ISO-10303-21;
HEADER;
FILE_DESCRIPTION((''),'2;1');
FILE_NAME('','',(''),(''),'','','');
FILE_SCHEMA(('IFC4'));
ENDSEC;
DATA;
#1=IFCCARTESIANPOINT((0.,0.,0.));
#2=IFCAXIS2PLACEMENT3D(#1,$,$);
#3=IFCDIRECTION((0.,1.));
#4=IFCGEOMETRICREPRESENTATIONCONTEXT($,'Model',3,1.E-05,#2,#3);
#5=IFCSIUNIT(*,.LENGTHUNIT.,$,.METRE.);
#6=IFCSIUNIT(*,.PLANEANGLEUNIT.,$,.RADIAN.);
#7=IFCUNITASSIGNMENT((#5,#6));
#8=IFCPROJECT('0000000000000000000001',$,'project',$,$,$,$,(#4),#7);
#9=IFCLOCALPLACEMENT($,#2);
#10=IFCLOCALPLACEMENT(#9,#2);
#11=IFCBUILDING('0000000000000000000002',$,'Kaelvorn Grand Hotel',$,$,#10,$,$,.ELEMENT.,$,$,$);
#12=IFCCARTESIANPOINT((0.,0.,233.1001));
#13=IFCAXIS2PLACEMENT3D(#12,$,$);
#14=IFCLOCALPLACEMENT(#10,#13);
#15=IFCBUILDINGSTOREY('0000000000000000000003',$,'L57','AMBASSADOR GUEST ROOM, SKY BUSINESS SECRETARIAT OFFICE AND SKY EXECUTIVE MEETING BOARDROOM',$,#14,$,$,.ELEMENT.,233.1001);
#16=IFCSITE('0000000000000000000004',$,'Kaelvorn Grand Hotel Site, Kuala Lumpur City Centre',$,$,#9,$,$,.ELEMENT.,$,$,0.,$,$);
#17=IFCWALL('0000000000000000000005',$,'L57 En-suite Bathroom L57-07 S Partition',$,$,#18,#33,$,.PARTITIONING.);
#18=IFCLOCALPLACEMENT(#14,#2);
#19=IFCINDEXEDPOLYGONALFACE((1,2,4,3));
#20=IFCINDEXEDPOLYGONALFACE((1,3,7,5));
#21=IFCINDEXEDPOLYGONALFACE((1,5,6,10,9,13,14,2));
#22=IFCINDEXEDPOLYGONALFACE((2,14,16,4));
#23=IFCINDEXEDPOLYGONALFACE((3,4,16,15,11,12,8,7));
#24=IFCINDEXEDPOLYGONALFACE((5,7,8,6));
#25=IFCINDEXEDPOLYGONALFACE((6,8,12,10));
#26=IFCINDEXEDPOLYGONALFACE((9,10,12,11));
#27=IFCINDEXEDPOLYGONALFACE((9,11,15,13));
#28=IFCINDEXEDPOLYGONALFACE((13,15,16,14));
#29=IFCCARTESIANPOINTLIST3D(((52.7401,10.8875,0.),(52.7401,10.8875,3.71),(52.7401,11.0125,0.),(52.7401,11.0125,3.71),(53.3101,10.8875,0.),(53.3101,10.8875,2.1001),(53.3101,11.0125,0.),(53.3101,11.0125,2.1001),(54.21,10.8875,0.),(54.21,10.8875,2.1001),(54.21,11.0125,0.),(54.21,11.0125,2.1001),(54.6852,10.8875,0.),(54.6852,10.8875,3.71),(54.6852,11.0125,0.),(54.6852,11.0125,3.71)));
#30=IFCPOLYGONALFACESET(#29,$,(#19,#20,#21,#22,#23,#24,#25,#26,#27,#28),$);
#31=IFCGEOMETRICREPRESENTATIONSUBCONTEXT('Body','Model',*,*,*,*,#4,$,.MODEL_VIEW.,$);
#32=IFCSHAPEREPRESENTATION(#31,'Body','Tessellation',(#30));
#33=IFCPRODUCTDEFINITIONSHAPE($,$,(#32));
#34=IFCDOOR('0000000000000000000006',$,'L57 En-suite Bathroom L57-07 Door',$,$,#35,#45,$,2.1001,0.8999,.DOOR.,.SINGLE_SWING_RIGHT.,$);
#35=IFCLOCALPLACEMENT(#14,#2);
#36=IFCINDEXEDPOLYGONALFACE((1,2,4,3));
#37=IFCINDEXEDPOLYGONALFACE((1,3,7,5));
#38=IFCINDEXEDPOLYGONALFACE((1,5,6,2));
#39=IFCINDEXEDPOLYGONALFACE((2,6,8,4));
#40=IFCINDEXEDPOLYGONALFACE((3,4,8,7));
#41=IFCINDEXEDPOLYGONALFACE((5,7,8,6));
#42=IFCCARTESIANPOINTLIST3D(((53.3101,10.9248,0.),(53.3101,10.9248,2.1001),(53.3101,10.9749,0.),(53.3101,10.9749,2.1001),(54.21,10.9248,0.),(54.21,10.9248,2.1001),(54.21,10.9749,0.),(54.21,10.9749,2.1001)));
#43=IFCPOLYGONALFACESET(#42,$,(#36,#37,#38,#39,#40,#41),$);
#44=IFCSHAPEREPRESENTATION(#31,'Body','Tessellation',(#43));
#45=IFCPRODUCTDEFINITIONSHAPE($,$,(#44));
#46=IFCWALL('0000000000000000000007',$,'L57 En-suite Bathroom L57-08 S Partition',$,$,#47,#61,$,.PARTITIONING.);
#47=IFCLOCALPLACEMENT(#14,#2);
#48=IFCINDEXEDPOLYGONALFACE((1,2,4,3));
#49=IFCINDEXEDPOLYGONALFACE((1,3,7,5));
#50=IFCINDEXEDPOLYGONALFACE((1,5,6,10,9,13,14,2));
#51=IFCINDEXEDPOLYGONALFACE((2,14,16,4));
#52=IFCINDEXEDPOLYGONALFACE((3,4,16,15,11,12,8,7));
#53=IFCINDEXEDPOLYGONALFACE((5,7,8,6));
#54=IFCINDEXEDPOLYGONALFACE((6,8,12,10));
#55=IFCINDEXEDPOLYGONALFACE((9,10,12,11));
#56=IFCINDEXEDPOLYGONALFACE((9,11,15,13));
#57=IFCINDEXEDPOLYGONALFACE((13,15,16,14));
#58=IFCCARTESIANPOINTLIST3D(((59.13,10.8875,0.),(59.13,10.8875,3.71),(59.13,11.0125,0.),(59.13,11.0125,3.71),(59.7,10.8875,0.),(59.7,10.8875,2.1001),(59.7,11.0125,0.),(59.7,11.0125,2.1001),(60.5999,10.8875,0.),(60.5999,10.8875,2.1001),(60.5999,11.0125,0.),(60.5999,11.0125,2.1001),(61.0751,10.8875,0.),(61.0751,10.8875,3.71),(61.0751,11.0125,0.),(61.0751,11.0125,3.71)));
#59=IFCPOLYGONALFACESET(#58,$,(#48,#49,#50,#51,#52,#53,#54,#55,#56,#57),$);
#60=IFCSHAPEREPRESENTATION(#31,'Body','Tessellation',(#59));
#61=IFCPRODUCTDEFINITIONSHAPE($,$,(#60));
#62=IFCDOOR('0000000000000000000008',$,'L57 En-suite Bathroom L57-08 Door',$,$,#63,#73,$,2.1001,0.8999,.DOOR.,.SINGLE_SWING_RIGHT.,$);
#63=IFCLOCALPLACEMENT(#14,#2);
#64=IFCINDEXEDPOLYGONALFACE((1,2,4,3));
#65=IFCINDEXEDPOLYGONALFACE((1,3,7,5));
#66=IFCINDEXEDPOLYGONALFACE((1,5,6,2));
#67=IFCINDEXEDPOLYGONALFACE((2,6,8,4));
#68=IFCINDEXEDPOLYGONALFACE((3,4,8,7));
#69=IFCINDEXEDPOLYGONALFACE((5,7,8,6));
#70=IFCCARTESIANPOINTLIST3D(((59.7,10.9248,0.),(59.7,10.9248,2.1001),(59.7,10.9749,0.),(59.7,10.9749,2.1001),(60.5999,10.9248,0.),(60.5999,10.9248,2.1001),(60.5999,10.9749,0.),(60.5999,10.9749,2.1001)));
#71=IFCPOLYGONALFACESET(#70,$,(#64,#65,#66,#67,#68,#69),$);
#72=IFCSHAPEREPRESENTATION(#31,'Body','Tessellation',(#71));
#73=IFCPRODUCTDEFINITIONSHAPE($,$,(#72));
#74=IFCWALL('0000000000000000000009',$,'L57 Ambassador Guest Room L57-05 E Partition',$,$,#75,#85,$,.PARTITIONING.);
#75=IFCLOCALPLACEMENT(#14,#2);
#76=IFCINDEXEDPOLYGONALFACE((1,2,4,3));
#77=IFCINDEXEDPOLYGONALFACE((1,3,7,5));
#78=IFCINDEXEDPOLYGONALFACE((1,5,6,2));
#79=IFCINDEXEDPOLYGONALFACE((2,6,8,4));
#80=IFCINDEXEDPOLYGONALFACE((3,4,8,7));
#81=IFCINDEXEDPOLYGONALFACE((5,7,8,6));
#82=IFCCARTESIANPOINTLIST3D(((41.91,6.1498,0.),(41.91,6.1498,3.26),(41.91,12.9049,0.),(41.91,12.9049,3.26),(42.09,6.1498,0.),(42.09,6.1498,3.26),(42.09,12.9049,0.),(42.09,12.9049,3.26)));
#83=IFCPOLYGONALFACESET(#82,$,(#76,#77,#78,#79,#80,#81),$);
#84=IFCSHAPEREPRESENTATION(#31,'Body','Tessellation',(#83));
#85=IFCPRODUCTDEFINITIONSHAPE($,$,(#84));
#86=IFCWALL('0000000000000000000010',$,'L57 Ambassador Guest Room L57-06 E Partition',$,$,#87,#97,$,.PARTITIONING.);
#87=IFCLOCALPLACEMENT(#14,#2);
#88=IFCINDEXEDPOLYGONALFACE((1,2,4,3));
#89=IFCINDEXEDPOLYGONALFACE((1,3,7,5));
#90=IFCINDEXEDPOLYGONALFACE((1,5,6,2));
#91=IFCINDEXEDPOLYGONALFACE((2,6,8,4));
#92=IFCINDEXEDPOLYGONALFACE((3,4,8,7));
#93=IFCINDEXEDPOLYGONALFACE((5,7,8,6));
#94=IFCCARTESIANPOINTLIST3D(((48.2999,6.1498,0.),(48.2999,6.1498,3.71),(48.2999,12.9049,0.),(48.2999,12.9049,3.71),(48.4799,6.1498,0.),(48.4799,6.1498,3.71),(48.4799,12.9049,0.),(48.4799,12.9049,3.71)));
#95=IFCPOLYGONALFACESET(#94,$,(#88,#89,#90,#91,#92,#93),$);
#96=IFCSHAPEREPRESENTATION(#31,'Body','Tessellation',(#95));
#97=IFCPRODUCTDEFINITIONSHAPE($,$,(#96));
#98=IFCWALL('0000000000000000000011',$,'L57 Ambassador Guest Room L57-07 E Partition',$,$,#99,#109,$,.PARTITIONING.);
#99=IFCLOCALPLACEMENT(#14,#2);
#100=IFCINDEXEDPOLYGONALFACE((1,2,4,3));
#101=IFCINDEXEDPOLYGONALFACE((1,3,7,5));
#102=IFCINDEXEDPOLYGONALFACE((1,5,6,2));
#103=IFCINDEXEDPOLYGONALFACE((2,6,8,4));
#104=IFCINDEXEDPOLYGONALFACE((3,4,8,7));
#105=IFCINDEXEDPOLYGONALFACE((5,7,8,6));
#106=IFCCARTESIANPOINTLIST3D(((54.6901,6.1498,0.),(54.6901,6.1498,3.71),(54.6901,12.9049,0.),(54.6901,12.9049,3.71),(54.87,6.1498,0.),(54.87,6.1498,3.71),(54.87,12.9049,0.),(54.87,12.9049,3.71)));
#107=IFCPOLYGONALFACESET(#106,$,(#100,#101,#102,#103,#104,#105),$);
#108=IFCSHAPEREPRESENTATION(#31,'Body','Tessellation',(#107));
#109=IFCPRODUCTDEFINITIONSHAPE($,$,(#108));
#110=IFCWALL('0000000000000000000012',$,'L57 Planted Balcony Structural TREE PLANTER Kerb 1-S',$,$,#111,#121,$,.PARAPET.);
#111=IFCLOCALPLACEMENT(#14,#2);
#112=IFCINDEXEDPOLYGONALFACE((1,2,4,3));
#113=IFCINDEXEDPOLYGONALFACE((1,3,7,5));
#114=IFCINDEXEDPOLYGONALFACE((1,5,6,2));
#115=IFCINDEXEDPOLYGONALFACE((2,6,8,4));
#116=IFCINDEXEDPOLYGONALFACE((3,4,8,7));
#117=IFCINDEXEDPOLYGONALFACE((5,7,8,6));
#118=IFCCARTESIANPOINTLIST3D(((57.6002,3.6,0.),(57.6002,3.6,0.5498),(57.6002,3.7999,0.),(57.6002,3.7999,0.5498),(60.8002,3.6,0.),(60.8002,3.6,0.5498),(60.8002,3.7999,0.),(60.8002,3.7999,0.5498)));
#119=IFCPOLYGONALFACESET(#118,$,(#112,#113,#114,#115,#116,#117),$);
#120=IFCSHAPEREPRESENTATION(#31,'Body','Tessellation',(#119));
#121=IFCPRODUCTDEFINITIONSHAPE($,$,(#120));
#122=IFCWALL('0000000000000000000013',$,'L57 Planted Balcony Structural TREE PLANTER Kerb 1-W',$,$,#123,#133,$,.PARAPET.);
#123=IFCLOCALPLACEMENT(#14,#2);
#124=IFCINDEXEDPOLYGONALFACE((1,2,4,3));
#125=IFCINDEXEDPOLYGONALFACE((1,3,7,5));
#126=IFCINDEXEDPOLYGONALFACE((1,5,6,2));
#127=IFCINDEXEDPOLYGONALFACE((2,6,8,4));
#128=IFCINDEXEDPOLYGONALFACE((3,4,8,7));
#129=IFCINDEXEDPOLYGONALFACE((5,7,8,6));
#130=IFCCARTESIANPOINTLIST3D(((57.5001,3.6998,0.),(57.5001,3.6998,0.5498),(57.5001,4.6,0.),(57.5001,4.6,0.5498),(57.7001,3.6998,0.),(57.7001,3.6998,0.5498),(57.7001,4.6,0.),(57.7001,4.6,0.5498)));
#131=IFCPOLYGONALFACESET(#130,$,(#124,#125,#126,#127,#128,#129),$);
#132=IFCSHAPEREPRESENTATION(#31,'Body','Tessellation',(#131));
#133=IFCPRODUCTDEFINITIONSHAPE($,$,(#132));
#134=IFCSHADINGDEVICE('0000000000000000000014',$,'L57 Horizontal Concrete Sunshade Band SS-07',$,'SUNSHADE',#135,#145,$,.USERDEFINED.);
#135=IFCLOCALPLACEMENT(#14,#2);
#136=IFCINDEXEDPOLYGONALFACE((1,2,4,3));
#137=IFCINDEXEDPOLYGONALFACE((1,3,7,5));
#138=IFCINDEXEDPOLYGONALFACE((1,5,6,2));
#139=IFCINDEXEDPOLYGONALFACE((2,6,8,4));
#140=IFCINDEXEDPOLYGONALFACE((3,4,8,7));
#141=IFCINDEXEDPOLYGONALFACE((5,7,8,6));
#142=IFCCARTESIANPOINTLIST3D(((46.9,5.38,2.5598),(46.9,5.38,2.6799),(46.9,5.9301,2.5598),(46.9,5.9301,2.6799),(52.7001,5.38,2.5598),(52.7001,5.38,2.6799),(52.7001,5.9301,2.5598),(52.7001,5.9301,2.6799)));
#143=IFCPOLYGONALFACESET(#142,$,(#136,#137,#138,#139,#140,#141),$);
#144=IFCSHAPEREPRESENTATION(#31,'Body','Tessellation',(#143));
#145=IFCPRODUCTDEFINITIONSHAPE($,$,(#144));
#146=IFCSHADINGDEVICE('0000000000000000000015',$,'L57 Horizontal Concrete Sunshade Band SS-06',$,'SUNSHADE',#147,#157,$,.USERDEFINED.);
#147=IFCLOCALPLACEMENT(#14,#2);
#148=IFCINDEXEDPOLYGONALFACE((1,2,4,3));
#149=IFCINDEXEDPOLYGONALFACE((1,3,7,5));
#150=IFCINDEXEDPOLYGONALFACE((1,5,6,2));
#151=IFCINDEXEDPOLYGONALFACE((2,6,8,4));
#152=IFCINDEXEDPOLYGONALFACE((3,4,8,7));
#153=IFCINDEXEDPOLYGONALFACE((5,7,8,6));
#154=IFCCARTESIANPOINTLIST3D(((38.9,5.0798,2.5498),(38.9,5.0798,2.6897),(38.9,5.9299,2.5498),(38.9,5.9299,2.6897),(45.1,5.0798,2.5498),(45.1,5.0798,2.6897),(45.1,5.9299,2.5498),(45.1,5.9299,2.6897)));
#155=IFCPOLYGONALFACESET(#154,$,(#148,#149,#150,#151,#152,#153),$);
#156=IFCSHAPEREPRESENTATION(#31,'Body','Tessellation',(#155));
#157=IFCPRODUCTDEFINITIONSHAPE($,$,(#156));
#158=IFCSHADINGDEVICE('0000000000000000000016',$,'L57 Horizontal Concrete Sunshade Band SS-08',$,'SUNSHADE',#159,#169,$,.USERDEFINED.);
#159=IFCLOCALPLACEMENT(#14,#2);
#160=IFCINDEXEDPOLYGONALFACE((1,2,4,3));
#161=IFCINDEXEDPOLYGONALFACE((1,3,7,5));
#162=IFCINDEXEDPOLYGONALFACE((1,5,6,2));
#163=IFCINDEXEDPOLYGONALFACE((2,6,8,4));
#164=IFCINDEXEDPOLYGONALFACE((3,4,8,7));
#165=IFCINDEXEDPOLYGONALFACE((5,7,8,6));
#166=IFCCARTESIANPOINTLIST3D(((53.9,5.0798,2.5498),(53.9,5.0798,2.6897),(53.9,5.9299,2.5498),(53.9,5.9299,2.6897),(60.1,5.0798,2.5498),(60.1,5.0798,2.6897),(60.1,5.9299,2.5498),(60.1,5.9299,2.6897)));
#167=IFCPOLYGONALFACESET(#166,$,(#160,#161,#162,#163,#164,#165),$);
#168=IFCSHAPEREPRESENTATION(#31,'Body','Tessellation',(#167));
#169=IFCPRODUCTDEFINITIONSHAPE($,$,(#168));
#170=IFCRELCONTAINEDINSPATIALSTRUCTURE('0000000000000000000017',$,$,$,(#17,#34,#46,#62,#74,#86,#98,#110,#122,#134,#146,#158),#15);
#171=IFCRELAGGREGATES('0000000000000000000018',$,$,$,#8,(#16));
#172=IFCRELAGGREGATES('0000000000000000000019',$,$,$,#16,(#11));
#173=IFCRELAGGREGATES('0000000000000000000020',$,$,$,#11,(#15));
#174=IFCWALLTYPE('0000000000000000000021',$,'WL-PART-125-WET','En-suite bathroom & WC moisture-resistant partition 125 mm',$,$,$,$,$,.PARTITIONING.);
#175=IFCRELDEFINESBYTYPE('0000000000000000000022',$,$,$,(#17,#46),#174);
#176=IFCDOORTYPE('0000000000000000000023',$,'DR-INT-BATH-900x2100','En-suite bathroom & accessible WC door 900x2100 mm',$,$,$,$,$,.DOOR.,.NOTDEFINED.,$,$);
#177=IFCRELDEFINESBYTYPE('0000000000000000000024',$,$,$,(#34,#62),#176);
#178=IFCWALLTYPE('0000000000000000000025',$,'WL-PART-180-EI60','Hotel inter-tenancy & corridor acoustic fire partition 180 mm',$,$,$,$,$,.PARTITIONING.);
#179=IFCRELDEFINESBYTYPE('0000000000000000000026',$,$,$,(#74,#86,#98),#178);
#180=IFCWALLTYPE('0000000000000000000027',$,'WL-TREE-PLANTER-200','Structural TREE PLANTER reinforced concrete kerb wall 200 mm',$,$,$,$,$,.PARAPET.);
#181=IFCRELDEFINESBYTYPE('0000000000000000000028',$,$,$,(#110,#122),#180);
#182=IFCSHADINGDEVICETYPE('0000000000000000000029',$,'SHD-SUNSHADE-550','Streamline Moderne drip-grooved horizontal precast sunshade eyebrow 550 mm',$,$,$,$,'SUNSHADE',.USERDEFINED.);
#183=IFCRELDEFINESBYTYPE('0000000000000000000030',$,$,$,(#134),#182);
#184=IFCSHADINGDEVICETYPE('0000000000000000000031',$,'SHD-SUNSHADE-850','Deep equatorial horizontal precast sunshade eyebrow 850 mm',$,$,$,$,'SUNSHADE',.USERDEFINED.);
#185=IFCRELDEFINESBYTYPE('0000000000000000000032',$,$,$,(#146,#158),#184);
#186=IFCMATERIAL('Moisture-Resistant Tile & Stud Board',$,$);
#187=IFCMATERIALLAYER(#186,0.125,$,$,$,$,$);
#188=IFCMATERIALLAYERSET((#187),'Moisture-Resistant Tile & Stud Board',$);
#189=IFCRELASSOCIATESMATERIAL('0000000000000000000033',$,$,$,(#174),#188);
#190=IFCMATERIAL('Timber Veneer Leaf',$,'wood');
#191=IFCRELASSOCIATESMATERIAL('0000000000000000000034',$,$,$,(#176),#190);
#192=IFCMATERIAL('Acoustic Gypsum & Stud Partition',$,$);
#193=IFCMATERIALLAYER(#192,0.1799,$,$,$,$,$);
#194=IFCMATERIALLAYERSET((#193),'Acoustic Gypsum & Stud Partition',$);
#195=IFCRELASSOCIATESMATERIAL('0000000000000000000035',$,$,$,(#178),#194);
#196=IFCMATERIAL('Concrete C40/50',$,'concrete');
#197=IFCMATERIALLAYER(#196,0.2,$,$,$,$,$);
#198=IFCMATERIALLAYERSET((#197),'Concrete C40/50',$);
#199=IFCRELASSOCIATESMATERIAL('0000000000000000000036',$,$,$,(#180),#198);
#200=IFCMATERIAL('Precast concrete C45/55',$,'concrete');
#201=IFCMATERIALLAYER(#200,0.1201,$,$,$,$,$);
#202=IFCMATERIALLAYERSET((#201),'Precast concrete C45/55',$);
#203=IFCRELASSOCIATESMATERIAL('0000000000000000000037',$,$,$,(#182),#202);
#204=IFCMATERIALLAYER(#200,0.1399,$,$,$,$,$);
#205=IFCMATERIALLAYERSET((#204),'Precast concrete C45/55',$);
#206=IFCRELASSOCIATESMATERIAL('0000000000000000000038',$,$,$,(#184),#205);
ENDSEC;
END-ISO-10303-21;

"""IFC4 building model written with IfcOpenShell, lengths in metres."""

from ifc_helpers import new_model, si_unit, direction, frame, frame_2d, origin, origin_2d, place, context, subcontext, project, spatial, rectangle, extrude, material, layer, layer_set, type_object, element, fill, save


model = new_model("IFC4")

# Units and contexts
model_context = context("Model", 3, precision=1e-05, world=origin(), true_north=direction((0.0, 1.0)))
body_context = subcontext(model_context, "Body", "Model", "MODEL_VIEW")
ifc_project = project(units=[si_unit("LENGTHUNIT", "METRE"), si_unit("PLANEANGLEUNIT", "RADIAN")], contexts=[model_context])

# Site, building, storey
site_placement = place(None, origin())
site = spatial("IfcSite", under=ifc_project, at=site_placement, Name="Kaelvorn Grand Hotel Site, Kuala Lumpur City Centre", CompositionType="ELEMENT", RefElevation=0.0)
building_placement = place(site_placement, origin())
building = spatial("IfcBuilding", under=site, at=building_placement, Name="Kaelvorn Grand Hotel", CompositionType="ELEMENT")
storey_placement = place(building_placement, frame((0.0, 0.0, 233.1001)))
storey = spatial("IfcBuildingStorey", under=building, at=storey_placement, Name="L57", Description="AMBASSADOR GUEST ROOM, SKY BUSINESS SECRETARIAT OFFICE AND SKY EXECUTIVE MEETING BOARDROOM", CompositionType="ELEMENT", Elevation=233.1001)

# Shared definitions
ifc_material_1 = material(Name="Moisture-Resistant Tile & Stud Board")
ifc_layer_1 = layer(ifc_material_1, 0.125)
ifc_layer_set_1 = layer_set([ifc_layer_1], Name="Moisture-Resistant Tile & Stud Board")
wall_type_1 = type_object("IfcWallType", Name="WL-PART-125-WET", Description="En-suite bathroom & WC moisture-resistant partition 125 mm", PredefinedType="PARTITIONING", material=ifc_layer_set_1)
ifc_material_2 = material(Name="Timber Veneer Leaf", Category="wood")
door_type = type_object("IfcDoorType", Name="DR-INT-BATH-900x2100", Description="En-suite bathroom & accessible WC door 900x2100 mm", OperationType="NOTDEFINED", PredefinedType="DOOR", material=ifc_material_2)

# Walls, openings, doors
wall_1_placement = place(storey_placement, frame((52.74, 10.95, 0.0), z_axis=(0.0, 0.0, 1.0), x_axis=(1.0, 0.0, 0.0)))
wall_1 = element("IfcWall", 1, at=wall_1_placement, inside=storey, type_object=wall_type_1, Name="L57 En-suite Bathroom L57-07 S Partition", PredefinedType="PARTITIONING", context=body_context, shape_type="SweptSolid", body=[
    extrude(rectangle(XDim=1.9451, YDim=0.125, at=frame_2d((0.9727, 0.0))), origin(), (0.0, 0.0, 1.0), 3.71),
])
opening_1_placement = place(wall_1_placement, frame((0.5701, 0.0, 0.0)))
opening_1 = element("IfcOpeningElement", 2, at=opening_1_placement, cuts=wall_1, PredefinedType="OPENING", context=body_context, shape_type="SweptSolid", body=[
    extrude(rectangle(XDim=0.8999, YDim=2.1001, at=frame_2d((0.45, 1.05))), frame((0.0, 0.0725, 0.0), z_axis=(0.0, -1.0, 0.0), x_axis=(1.0, 0.0, 0.0)), (0.0, 0.0, 1.0), 0.145),
])
door_1_placement = place(opening_1_placement, origin())
door_1 = element("IfcDoor", 3, at=door_1_placement, inside=storey, type_object=door_type, Name="L57 En-suite Bathroom L57-07 Door", OperationType="SINGLE_SWING_RIGHT", OverallHeight=2.1001, OverallWidth=0.8999, PredefinedType="DOOR", context=body_context, shape_type="SweptSolid", body=[
    extrude(rectangle(XDim=0.8999, YDim=2.1001, at=frame_2d((0.45, 1.05))), frame((0.0, 0.0249, 0.0), z_axis=(0.0, -1.0, 0.0), x_axis=(1.0, 0.0, 0.0)), (0.0, 0.0, 1.0), 0.05),
])
fill(opening_1, door_1)
wall_2_placement = place(storey_placement, frame((59.1299, 10.95, 0.0), z_axis=(0.0, 0.0, 1.0), x_axis=(1.0, 0.0, 0.0)))
wall_2 = element("IfcWall", 4, at=wall_2_placement, inside=storey, type_object=wall_type_1, Name="L57 En-suite Bathroom L57-08 S Partition", PredefinedType="PARTITIONING", context=body_context, shape_type="SweptSolid", body=[
    extrude(rectangle(XDim=1.9451, YDim=0.125, at=frame_2d((0.9727, 0.0))), origin(), (0.0, 0.0, 1.0), 3.71),
])
opening_2_placement = place(wall_2_placement, frame((0.5701, 0.0, 0.0)))
opening_2 = element("IfcOpeningElement", 5, at=opening_2_placement, cuts=wall_2, PredefinedType="OPENING", context=body_context, shape_type="SweptSolid", body=[
    extrude(rectangle(XDim=0.8999, YDim=2.1001, at=frame_2d((0.45, 1.05))), frame((0.0, 0.0725, 0.0), z_axis=(0.0, -1.0, 0.0), x_axis=(1.0, 0.0, 0.0)), (0.0, 0.0, 1.0), 0.145),
])
door_2_placement = place(opening_2_placement, origin())
door_2 = element("IfcDoor", 6, at=door_2_placement, inside=storey, type_object=door_type, Name="L57 En-suite Bathroom L57-08 Door", OperationType="SINGLE_SWING_RIGHT", OverallHeight=2.1001, OverallWidth=0.8999, PredefinedType="DOOR", context=body_context, shape_type="SweptSolid", body=[
    extrude(rectangle(XDim=0.8999, YDim=2.1001, at=frame_2d((0.45, 1.05))), frame((0.0, 0.0249, 0.0), z_axis=(0.0, -1.0, 0.0), x_axis=(1.0, 0.0, 0.0)), (0.0, 0.0, 1.0), 0.05),
])
fill(opening_2, door_2)

# Walls
ifc_material_3 = material(Name="Acoustic Gypsum & Stud Partition")
ifc_layer_2 = layer(ifc_material_3, 0.1799)
ifc_layer_set_2 = layer_set([ifc_layer_2], Name="Acoustic Gypsum & Stud Partition")
wall_type_2 = type_object("IfcWallType", Name="WL-PART-180-EI60", Description="Hotel inter-tenancy & corridor acoustic fire partition 180 mm", PredefinedType="PARTITIONING", material=ifc_layer_set_2)
wall_3_placement = place(storey_placement, frame((42.0, 6.1499, 0.0), z_axis=(0.0, 0.0, 1.0), x_axis=(0.0, 1.0, 0.0)))
element("IfcWall", 7, at=wall_3_placement, inside=storey, type_object=wall_type_2, Name="L57 Ambassador Guest Room L57-05 E Partition", PredefinedType="PARTITIONING", context=body_context, shape_type="SweptSolid", body=[
    extrude(rectangle(XDim=6.7551, YDim=0.1799, at=frame_2d((3.3774, 0.0))), origin(), (0.0, 0.0, 1.0), 3.26),
])
for number, where, z_axis, x_axis, name in (
    (8, (48.3899, 6.1499, 0.0), (0.0, 0.0, 1.0), (0.0, 1.0, 0.0), "L57 Ambassador Guest Room L57-06 E Partition"),
    (9, (54.78, 6.1499, 0.0), (0.0, 0.0, 1.0), (0.0, 1.0, 0.0), "L57 Ambassador Guest Room L57-07 E Partition"),
):
    element("IfcWall", number, at=place(storey_placement, frame(where, z_axis=z_axis, x_axis=x_axis)), inside=storey, type_object=wall_type_2, Name=name, PredefinedType="PARTITIONING", context=body_context, shape_type="SweptSolid", body=[
        extrude(rectangle(XDim=6.7551, YDim=0.1799, at=frame_2d((3.3774, 0.0))), origin(), (0.0, 0.0, 1.0), 3.71),
    ])
ifc_material_4 = material(Name="Concrete C40/50", Category="concrete")
ifc_layer_3 = layer(ifc_material_4, 0.2)
ifc_layer_set_3 = layer_set([ifc_layer_3], Name="Concrete C40/50")
wall_type_3 = type_object("IfcWallType", Name="WL-TREE-PLANTER-200", Description="Structural TREE PLANTER reinforced concrete kerb wall 200 mm", PredefinedType="PARAPET", material=ifc_layer_set_3)
wall_4_placement = place(storey_placement, frame((57.6001, 3.7, 0.0), z_axis=(0.0, 0.0, 1.0), x_axis=(1.0, 0.0, 0.0)))
element("IfcWall", 10, at=wall_4_placement, inside=storey, type_object=wall_type_3, Name="L57 Planted Balcony Structural TREE PLANTER Kerb 1-S", PredefinedType="PARAPET", context=body_context, shape_type="SweptSolid", body=[
    extrude(rectangle(XDim=3.2, YDim=0.2, at=frame_2d((1.6001, 0.0))), origin(), (0.0, 0.0, 1.0), 0.5498),
])
wall_5_placement = place(storey_placement, frame((57.6001, 4.6001, 0.0), z_axis=(0.0, 0.0, 1.0), x_axis=(0.0, -1.0, 0.0)))
element("IfcWall", 11, at=wall_5_placement, inside=storey, type_object=wall_type_3, Name="L57 Planted Balcony Structural TREE PLANTER Kerb 1-W", PredefinedType="PARAPET", context=body_context, shape_type="SweptSolid", body=[
    extrude(rectangle(XDim=0.9001, YDim=0.2, at=frame_2d((0.4502, 0.0))), origin(), (0.0, 0.0, 1.0), 0.5498),
])

# Shading devices
ifc_material_5 = material(Name="Precast concrete C45/55", Category="concrete")
ifc_layer_4 = layer(ifc_material_5, 0.1201)
ifc_layer_set_4 = layer_set([ifc_layer_4], Name="Precast concrete C45/55")
shading_device_type_1 = type_object("IfcShadingDeviceType", Name="SHD-SUNSHADE-550", Description="Streamline Moderne drip-grooved horizontal precast sunshade eyebrow 550 mm", ElementType="SUNSHADE", PredefinedType="USERDEFINED", material=ifc_layer_set_4)
shading_device_placement = place(storey_placement, frame((49.8, 5.655, 2.5598), z_axis=(0.0, 0.0, 1.0), x_axis=(1.0, 0.0, 0.0)))
element("IfcShadingDevice", 12, at=shading_device_placement, inside=storey, type_object=shading_device_type_1, Name="L57 Horizontal Concrete Sunshade Band SS-07", ObjectType="SUNSHADE", PredefinedType="USERDEFINED", context=body_context, shape_type="SweptSolid", body=[
    extrude(rectangle(XDim=5.8, YDim=0.55, at=origin_2d()), origin(), (0.0, 0.0, 1.0), 0.1201),
])
ifc_layer_5 = layer(ifc_material_5, 0.1399)
ifc_layer_set_5 = layer_set([ifc_layer_5], Name="Precast concrete C45/55")
shading_device_type_2 = type_object("IfcShadingDeviceType", Name="SHD-SUNSHADE-850", Description="Deep equatorial horizontal precast sunshade eyebrow 850 mm", ElementType="SUNSHADE", PredefinedType="USERDEFINED", material=ifc_layer_set_5)
for number, where, z_axis, x_axis, name in (
    (13, (42.0, 5.5049, 2.5498), (0.0, 0.0, 1.0), (1.0, 0.0, 0.0), "L57 Horizontal Concrete Sunshade Band SS-06"),
    (14, (57.0, 5.5049, 2.5498), (0.0, 0.0, 1.0), (1.0, 0.0, 0.0), "L57 Horizontal Concrete Sunshade Band SS-08"),
):
    element("IfcShadingDevice", number, at=place(storey_placement, frame(where, z_axis=z_axis, x_axis=x_axis)), inside=storey, type_object=shading_device_type_2, Name=name, ObjectType="SUNSHADE", PredefinedType="USERDEFINED", context=body_context, shape_type="SweptSolid", body=[
        extrude(rectangle(XDim=6.2, YDim=0.8501, at=origin_2d()), origin(), (0.0, 0.0, 1.0), 0.1399),
    ])

save(model, "model.ifc")
